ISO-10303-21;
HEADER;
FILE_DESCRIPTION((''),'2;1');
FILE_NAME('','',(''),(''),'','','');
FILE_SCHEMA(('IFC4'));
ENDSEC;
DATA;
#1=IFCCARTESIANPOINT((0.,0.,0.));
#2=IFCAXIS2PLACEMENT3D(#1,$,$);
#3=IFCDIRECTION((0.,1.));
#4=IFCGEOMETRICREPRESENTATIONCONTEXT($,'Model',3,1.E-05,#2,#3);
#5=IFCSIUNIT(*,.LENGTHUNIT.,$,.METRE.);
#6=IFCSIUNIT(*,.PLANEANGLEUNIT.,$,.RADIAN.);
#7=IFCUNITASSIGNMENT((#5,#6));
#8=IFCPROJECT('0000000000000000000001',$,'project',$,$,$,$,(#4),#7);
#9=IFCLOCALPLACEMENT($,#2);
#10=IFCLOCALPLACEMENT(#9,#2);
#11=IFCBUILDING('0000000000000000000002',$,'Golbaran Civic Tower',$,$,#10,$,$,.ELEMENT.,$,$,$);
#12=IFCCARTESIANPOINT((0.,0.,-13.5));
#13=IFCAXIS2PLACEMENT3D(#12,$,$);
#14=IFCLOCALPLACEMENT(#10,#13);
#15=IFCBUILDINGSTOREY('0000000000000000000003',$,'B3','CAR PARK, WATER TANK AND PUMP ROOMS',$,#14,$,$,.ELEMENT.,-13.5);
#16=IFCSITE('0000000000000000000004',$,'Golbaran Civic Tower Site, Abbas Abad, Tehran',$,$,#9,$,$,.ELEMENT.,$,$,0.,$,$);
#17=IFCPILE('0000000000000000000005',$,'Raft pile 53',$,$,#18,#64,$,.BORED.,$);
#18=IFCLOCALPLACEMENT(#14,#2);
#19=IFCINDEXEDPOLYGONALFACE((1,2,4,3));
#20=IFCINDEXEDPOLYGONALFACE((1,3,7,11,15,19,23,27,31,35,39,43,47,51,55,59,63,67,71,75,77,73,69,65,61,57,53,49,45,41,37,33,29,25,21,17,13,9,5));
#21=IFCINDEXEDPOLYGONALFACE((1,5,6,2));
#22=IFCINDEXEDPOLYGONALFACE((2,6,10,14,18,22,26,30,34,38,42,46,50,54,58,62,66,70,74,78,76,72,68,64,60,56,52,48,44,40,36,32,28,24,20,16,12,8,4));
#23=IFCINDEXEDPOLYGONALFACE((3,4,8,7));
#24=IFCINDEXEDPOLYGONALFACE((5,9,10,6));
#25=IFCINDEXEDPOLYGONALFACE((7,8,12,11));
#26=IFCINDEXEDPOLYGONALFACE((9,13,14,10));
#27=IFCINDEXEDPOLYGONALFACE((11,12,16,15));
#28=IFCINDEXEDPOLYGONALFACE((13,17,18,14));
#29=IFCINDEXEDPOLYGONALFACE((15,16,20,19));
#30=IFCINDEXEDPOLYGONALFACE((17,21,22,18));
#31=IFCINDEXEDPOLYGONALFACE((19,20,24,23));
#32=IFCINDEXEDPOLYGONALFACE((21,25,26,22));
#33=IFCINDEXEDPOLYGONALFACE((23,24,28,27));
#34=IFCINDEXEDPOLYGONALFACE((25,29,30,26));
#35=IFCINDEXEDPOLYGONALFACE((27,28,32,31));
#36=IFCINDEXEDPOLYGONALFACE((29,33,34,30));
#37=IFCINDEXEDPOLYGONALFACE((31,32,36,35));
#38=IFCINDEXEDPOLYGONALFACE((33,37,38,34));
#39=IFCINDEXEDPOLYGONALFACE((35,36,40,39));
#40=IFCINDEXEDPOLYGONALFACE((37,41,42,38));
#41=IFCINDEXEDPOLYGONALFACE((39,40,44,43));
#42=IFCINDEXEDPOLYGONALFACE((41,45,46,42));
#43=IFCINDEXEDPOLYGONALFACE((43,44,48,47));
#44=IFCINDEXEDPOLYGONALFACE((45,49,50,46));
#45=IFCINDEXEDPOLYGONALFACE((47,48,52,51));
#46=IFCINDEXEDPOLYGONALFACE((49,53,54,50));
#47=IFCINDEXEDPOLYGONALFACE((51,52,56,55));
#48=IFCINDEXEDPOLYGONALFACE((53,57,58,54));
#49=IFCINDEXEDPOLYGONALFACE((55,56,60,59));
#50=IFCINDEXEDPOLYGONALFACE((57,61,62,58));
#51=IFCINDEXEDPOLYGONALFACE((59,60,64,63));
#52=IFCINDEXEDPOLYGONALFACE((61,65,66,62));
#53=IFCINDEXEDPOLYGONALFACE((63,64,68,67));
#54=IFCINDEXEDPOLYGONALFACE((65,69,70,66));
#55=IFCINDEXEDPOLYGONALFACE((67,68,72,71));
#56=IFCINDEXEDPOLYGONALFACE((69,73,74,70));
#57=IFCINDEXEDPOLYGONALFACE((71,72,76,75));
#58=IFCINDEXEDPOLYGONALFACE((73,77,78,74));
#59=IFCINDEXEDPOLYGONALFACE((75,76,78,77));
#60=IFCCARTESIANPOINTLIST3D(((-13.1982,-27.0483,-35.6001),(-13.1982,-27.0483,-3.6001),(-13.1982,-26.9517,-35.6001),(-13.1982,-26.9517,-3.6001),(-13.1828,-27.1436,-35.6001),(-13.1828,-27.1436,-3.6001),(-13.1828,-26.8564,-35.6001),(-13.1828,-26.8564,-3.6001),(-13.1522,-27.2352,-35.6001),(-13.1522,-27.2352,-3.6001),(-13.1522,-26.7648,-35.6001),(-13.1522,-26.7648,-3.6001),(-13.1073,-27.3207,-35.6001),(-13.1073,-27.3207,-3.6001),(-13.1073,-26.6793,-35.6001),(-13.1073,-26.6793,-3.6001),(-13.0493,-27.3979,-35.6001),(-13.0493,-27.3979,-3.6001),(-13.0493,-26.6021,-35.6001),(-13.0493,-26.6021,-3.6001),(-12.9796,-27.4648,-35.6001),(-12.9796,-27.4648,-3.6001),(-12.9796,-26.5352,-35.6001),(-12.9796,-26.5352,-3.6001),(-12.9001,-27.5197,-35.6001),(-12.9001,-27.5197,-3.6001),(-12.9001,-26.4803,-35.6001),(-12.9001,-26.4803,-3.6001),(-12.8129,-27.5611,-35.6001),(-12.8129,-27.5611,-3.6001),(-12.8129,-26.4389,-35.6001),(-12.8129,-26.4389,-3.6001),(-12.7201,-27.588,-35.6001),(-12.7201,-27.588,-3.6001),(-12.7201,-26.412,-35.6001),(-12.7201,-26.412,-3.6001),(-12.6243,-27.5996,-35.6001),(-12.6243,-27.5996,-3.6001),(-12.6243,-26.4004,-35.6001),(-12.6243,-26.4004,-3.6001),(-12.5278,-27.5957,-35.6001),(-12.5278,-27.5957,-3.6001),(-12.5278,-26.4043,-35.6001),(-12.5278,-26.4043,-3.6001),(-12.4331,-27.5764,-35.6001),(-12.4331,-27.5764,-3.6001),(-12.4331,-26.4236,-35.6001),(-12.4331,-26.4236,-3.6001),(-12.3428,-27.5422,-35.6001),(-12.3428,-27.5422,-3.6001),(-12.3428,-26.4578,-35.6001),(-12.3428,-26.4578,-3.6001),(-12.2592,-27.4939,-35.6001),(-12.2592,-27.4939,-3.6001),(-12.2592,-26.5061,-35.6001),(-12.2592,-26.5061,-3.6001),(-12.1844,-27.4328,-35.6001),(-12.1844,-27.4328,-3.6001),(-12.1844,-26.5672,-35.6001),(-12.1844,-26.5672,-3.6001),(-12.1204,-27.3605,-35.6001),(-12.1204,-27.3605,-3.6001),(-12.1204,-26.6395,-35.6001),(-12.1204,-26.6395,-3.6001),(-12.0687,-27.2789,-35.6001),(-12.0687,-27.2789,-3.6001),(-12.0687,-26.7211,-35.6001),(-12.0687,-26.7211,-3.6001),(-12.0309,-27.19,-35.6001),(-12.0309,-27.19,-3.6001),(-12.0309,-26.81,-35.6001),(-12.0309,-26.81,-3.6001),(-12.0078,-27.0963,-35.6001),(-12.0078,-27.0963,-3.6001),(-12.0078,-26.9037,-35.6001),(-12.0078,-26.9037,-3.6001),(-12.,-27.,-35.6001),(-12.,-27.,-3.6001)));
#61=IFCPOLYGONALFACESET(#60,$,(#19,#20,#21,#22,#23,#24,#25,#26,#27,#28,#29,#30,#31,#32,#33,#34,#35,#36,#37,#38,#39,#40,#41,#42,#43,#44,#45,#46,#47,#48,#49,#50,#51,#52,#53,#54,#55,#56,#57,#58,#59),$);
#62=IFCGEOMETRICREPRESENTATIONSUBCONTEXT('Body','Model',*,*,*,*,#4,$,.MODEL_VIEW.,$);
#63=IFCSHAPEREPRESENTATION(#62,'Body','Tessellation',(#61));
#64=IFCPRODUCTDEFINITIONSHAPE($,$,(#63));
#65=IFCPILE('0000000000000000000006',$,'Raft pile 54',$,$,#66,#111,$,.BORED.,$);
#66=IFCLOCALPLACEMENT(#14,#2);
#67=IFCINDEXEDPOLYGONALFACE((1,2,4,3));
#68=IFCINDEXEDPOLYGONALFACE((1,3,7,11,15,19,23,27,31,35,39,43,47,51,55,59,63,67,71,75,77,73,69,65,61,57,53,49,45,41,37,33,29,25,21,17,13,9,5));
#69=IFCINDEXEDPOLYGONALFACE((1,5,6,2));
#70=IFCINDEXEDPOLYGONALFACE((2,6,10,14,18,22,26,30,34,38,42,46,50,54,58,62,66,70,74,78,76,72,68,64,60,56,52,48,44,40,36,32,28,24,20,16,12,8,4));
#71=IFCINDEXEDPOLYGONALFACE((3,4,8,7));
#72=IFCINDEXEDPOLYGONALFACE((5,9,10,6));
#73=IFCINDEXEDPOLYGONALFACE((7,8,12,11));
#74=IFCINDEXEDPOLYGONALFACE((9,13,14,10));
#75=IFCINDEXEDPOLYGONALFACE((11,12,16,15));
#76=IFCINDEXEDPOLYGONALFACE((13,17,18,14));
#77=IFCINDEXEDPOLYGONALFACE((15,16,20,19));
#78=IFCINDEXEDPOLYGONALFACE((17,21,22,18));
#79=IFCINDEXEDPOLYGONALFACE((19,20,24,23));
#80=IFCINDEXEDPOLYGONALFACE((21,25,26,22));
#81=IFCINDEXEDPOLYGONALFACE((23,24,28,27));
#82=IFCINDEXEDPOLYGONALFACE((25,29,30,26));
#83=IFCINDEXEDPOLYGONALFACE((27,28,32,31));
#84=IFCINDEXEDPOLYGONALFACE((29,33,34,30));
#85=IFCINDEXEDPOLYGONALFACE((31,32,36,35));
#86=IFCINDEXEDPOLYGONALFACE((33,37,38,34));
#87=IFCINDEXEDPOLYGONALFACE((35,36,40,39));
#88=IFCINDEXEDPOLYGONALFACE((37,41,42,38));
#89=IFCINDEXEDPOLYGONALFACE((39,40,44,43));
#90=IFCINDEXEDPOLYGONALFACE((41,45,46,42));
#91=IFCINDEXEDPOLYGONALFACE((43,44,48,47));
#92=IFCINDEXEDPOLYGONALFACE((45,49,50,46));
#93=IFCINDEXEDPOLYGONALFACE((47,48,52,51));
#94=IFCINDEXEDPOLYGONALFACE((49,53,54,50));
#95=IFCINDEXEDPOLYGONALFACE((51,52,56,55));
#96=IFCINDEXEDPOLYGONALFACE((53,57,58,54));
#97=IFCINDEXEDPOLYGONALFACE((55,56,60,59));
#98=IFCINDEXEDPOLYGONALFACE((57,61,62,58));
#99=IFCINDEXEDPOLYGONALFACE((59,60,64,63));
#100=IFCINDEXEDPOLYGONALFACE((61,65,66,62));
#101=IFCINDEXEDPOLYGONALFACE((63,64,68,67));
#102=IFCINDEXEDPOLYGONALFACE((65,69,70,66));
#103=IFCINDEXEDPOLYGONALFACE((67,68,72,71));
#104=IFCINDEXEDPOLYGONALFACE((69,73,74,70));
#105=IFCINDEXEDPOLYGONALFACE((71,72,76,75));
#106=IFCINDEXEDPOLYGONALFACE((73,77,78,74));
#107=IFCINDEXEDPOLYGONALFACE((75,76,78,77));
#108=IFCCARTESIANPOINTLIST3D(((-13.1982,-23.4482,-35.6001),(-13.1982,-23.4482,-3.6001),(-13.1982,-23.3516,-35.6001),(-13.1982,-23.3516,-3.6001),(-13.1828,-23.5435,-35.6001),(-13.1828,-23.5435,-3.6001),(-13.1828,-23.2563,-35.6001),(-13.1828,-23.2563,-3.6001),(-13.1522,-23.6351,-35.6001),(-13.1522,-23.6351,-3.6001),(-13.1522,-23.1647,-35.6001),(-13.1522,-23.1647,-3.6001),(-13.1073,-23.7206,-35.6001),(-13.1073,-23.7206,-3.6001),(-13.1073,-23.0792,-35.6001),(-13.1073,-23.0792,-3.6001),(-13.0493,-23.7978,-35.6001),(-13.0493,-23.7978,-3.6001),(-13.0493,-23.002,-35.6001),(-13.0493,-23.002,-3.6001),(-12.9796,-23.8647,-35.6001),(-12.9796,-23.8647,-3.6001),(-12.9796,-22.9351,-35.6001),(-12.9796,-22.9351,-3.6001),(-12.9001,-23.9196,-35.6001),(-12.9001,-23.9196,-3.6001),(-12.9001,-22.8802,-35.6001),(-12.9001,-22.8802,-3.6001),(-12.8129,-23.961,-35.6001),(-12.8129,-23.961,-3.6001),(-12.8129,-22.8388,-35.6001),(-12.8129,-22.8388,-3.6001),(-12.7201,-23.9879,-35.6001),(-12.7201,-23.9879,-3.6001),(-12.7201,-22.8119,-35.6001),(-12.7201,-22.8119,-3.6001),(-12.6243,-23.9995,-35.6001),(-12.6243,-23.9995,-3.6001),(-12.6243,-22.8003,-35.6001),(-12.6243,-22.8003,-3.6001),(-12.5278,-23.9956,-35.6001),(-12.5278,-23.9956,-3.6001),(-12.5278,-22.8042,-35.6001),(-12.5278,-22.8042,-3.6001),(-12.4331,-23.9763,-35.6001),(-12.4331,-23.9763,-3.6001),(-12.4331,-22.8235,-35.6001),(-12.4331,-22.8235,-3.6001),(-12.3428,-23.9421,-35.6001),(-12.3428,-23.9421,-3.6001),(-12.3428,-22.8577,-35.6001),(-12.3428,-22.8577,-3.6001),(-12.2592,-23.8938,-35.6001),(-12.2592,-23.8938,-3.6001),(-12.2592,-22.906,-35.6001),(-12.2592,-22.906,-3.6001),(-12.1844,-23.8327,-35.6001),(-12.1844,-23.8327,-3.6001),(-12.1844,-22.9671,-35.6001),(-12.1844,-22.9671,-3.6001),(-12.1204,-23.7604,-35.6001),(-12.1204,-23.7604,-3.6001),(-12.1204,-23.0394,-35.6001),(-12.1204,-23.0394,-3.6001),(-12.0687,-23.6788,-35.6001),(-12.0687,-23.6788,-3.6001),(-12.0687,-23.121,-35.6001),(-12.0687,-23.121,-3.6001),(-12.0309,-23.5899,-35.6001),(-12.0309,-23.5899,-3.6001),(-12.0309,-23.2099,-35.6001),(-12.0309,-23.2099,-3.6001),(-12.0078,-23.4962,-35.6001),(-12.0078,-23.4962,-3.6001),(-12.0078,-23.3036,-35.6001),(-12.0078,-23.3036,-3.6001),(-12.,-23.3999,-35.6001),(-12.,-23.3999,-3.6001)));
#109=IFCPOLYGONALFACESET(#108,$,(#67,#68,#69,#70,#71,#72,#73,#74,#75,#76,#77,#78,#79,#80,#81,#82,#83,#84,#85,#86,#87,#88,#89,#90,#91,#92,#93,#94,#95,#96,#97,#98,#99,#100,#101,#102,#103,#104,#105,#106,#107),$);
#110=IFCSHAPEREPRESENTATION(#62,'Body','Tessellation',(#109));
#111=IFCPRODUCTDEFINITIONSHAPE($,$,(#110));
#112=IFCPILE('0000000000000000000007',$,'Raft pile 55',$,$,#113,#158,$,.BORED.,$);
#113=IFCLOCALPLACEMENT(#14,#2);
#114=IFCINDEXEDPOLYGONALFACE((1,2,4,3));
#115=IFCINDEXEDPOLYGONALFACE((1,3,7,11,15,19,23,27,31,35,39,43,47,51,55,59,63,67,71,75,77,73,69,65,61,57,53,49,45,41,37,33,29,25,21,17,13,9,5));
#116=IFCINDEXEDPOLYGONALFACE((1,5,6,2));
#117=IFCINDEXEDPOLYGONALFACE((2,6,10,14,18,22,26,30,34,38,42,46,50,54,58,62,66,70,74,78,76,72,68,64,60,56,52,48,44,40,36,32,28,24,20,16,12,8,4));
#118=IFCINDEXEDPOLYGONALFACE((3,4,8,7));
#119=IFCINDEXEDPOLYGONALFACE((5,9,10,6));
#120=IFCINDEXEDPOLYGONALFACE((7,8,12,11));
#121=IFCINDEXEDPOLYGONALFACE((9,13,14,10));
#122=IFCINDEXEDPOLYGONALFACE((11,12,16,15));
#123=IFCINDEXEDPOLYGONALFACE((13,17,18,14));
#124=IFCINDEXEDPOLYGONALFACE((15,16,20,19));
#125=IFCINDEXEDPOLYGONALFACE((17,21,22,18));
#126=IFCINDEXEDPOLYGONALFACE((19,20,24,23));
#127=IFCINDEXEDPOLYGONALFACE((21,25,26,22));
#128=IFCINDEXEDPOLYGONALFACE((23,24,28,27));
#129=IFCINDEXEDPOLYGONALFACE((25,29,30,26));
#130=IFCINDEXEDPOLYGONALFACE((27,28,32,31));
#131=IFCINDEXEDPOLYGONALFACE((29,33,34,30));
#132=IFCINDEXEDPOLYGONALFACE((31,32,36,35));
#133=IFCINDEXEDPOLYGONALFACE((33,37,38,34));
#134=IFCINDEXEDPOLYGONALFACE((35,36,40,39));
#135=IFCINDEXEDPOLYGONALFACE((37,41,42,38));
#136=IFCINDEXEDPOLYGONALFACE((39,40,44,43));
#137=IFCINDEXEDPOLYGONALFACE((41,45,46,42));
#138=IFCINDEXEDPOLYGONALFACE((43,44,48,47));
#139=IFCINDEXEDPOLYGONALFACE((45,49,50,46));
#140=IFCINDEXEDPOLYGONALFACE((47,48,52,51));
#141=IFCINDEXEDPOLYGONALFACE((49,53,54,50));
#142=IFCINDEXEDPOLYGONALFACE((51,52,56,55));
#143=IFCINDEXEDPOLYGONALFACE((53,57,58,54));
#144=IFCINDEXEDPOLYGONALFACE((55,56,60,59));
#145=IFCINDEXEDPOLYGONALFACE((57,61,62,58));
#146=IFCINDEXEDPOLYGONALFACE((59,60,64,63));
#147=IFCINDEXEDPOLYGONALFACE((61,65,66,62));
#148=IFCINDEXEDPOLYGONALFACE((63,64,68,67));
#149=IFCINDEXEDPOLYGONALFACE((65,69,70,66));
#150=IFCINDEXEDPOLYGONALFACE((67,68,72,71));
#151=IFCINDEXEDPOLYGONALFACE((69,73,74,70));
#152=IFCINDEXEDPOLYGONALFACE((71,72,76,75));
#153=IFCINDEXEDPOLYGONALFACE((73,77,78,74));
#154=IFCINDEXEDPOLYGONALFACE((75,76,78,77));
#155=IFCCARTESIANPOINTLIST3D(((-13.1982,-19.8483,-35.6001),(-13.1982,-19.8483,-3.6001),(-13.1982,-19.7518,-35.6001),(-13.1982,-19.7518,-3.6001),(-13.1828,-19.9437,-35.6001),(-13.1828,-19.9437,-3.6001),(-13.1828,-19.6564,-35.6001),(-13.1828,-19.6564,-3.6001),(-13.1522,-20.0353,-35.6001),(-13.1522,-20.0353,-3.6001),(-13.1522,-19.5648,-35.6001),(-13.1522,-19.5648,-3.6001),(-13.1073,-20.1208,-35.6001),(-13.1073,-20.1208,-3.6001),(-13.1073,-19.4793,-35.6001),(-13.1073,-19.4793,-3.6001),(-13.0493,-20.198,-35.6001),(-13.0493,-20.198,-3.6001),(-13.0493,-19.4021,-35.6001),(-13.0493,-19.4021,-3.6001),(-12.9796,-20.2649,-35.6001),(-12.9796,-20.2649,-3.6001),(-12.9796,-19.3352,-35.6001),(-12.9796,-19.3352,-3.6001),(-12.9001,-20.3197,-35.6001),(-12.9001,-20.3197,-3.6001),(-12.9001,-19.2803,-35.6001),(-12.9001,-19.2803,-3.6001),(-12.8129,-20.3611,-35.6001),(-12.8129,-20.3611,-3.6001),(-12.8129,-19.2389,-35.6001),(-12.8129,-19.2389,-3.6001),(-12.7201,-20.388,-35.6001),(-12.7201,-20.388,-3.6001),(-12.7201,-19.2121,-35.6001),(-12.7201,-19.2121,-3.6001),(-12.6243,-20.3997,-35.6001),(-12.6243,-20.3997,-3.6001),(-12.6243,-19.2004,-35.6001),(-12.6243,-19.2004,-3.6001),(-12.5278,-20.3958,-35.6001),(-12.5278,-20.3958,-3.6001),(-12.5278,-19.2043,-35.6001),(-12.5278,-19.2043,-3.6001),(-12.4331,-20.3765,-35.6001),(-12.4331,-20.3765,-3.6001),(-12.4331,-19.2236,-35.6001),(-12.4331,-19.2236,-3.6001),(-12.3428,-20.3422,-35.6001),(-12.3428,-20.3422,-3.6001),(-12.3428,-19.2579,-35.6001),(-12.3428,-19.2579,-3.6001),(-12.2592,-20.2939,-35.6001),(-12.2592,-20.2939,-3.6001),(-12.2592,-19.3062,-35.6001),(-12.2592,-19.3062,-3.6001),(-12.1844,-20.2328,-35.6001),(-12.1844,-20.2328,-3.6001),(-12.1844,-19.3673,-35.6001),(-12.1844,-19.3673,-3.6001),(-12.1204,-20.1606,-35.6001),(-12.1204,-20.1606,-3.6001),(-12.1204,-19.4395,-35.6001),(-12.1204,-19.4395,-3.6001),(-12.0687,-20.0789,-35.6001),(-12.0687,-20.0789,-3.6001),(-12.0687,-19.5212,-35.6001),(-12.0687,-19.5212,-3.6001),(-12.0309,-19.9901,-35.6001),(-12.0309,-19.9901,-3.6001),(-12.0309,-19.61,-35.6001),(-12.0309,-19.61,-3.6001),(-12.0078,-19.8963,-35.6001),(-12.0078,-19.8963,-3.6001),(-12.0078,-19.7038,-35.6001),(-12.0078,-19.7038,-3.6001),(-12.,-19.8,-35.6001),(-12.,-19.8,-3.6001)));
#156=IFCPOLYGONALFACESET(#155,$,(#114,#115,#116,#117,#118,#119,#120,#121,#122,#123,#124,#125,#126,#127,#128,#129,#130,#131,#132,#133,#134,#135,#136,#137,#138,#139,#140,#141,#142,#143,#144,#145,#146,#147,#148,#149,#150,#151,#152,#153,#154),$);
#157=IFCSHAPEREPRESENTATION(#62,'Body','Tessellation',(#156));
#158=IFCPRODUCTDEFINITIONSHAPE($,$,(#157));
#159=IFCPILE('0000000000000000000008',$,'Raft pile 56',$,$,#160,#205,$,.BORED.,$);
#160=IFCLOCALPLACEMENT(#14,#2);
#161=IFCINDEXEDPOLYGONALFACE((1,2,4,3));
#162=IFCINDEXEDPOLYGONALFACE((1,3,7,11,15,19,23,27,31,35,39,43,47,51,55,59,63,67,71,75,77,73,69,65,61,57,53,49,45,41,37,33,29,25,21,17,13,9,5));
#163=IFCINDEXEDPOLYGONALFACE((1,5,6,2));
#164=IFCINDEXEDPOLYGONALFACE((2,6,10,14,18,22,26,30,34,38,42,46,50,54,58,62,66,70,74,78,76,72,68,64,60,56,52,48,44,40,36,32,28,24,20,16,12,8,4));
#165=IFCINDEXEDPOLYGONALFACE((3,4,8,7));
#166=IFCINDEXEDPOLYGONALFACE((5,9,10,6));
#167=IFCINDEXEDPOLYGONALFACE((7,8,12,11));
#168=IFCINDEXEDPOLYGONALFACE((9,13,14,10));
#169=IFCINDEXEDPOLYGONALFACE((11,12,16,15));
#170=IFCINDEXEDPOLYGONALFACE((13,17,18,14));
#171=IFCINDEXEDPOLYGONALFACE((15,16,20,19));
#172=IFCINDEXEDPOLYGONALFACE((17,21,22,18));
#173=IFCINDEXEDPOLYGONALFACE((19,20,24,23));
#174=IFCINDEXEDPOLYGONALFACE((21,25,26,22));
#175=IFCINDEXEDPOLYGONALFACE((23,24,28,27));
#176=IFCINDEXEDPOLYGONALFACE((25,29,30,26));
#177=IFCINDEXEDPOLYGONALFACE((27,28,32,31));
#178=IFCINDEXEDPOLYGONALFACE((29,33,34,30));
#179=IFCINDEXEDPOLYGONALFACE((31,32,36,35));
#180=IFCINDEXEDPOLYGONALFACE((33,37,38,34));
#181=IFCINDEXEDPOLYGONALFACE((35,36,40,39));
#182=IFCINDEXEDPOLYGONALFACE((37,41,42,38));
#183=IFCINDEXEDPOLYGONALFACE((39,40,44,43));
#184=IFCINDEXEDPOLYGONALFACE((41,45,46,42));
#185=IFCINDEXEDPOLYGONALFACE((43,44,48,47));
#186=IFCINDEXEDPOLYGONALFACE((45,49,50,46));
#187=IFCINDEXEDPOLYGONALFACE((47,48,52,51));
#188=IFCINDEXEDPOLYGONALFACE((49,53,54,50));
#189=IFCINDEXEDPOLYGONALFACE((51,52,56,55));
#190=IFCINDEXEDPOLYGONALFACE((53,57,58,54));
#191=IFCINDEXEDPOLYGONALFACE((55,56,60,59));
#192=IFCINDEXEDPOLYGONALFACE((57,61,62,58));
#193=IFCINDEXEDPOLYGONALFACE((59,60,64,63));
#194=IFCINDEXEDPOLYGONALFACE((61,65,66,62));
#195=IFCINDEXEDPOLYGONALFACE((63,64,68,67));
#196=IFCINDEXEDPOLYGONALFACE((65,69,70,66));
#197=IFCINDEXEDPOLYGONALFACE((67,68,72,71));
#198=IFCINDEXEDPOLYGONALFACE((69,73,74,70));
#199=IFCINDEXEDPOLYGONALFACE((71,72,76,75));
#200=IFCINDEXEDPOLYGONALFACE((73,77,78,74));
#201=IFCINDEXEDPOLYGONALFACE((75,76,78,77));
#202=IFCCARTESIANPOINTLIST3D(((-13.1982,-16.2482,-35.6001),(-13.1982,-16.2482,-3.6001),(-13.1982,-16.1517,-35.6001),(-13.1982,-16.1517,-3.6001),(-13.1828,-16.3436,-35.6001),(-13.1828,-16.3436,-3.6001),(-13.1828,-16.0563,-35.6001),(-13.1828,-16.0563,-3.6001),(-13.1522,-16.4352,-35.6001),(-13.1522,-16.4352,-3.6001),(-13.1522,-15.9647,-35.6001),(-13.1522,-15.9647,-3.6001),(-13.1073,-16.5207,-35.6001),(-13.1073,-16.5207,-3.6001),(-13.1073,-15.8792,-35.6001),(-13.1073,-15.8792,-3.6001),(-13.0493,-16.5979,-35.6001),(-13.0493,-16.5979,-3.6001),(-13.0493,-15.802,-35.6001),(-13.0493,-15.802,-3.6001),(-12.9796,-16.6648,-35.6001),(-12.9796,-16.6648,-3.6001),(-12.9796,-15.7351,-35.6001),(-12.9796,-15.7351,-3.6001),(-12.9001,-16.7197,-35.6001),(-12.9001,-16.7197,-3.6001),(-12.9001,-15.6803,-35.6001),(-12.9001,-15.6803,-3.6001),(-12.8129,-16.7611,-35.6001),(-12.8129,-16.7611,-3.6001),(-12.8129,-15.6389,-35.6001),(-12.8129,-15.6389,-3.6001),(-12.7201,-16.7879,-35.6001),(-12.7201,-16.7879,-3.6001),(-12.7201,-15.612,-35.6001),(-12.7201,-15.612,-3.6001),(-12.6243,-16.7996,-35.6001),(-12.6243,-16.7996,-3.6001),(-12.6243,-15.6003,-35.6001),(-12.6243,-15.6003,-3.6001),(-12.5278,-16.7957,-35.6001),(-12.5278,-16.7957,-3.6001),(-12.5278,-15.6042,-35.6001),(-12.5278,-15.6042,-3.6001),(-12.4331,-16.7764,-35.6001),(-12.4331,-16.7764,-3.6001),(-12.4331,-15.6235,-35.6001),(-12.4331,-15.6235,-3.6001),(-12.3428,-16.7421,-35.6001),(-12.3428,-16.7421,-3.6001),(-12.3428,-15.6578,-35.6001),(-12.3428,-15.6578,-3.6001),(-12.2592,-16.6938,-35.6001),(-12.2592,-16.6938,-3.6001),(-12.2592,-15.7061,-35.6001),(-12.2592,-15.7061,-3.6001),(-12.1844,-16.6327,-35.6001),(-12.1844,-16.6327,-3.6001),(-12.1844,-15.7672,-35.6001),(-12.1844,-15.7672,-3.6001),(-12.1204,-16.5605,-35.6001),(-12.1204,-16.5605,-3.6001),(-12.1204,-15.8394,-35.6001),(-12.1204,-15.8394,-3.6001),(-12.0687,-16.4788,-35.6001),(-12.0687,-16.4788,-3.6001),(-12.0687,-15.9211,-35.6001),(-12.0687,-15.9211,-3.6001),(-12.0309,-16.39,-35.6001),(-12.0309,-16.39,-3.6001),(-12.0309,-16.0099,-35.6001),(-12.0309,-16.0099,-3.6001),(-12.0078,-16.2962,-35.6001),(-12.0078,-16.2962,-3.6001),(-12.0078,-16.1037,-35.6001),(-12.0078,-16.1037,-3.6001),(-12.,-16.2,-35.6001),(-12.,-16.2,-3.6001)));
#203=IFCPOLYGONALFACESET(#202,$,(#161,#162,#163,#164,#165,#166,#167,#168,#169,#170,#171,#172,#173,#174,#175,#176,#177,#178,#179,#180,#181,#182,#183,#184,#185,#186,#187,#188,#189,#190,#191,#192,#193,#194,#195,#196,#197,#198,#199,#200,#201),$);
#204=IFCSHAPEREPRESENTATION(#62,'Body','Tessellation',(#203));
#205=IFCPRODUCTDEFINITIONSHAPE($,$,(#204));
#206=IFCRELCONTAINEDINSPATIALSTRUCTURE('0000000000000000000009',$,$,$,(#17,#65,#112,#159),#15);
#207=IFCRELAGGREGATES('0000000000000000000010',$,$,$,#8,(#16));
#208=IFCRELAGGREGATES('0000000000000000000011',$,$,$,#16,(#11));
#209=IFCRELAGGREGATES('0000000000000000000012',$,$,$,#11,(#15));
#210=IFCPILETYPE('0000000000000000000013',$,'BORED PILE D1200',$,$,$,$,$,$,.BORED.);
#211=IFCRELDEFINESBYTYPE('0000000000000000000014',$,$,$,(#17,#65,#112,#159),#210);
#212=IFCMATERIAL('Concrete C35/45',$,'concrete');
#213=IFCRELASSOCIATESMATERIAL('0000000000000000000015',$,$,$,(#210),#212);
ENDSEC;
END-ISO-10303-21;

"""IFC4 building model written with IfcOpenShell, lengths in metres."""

from ifc_helpers import new_model, si_unit, direction, frame, origin, origin_2d, place, context, subcontext, project, spatial, circle, extrude, material, material_profile, profile_set, type_object, element, save


model = new_model("IFC4")

# Units and contexts
model_context = context("Model", 3, precision=1e-05, world=origin(), true_north=direction((0.0, 1.0)))
body_context = subcontext(model_context, "Body", "Model", "MODEL_VIEW")
ifc_project = project(units=[si_unit("LENGTHUNIT", "METRE"), si_unit("PLANEANGLEUNIT", "RADIAN")], contexts=[model_context])

# Site, building, storey
site_placement = place(None, origin())
site = spatial("IfcSite", under=ifc_project, at=site_placement, Name="Golbaran Civic Tower Site, Abbas Abad, Tehran", CompositionType="ELEMENT", RefElevation=0.0)
building_placement = place(site_placement, origin())
building = spatial("IfcBuilding", under=site, at=building_placement, Name="Golbaran Civic Tower", CompositionType="ELEMENT")
storey_placement = place(building_placement, frame((0.0, 0.0, -13.5)))
storey = spatial("IfcBuildingStorey", under=building, at=storey_placement, Name="B3", Description="CAR PARK, WATER TANK AND PUMP ROOMS", CompositionType="ELEMENT", Elevation=-13.5)

# Piles
ifc_material_1 = material(Name="Concrete C35/45", Category="concrete")
ifc_material_profile_1 = material_profile(ifc_material_1, circle(Radius=0.6001, at=origin_2d()), Name="BORED PILE D1200")
ifc_profile_set_1 = profile_set([ifc_material_profile_1], Name="Concrete C35/45")
pile_type_1 = type_object("IfcPileType", Name="BORED PILE D1200", PredefinedType="BORED", material=ifc_profile_set_1)
for number, where, z_axis, x_axis, name in (
    (1, (-12.6001, -27.0, -3.6001), (0.0, 0.0, -1.0), (1.0, 0.0, 0.0), "Raft pile 53"),
    (2, (-12.6001, -23.3999, -3.6001), (0.0, 0.0, -1.0), (1.0, 0.0, 0.0), "Raft pile 54"),
    (3, (-12.6001, -19.8, -3.6001), (0.0, 0.0, -1.0), (1.0, 0.0, 0.0), "Raft pile 55"),
    (4, (-12.6001, -16.2, -3.6001), (0.0, 0.0, -1.0), (1.0, 0.0, 0.0), "Raft pile 56"),
):
    element("IfcPile", number, at=place(storey_placement, frame(where, z_axis=z_axis, x_axis=x_axis)), inside=storey, type_object=pile_type_1, Name=name, PredefinedType="BORED", context=body_context, shape_type="SweptSolid", body=[
        extrude(circle(Radius=0.6001, at=origin_2d()), origin(), (0.0, 0.0, 1.0), 32.0),
    ])

save(model, "model.ifc")
